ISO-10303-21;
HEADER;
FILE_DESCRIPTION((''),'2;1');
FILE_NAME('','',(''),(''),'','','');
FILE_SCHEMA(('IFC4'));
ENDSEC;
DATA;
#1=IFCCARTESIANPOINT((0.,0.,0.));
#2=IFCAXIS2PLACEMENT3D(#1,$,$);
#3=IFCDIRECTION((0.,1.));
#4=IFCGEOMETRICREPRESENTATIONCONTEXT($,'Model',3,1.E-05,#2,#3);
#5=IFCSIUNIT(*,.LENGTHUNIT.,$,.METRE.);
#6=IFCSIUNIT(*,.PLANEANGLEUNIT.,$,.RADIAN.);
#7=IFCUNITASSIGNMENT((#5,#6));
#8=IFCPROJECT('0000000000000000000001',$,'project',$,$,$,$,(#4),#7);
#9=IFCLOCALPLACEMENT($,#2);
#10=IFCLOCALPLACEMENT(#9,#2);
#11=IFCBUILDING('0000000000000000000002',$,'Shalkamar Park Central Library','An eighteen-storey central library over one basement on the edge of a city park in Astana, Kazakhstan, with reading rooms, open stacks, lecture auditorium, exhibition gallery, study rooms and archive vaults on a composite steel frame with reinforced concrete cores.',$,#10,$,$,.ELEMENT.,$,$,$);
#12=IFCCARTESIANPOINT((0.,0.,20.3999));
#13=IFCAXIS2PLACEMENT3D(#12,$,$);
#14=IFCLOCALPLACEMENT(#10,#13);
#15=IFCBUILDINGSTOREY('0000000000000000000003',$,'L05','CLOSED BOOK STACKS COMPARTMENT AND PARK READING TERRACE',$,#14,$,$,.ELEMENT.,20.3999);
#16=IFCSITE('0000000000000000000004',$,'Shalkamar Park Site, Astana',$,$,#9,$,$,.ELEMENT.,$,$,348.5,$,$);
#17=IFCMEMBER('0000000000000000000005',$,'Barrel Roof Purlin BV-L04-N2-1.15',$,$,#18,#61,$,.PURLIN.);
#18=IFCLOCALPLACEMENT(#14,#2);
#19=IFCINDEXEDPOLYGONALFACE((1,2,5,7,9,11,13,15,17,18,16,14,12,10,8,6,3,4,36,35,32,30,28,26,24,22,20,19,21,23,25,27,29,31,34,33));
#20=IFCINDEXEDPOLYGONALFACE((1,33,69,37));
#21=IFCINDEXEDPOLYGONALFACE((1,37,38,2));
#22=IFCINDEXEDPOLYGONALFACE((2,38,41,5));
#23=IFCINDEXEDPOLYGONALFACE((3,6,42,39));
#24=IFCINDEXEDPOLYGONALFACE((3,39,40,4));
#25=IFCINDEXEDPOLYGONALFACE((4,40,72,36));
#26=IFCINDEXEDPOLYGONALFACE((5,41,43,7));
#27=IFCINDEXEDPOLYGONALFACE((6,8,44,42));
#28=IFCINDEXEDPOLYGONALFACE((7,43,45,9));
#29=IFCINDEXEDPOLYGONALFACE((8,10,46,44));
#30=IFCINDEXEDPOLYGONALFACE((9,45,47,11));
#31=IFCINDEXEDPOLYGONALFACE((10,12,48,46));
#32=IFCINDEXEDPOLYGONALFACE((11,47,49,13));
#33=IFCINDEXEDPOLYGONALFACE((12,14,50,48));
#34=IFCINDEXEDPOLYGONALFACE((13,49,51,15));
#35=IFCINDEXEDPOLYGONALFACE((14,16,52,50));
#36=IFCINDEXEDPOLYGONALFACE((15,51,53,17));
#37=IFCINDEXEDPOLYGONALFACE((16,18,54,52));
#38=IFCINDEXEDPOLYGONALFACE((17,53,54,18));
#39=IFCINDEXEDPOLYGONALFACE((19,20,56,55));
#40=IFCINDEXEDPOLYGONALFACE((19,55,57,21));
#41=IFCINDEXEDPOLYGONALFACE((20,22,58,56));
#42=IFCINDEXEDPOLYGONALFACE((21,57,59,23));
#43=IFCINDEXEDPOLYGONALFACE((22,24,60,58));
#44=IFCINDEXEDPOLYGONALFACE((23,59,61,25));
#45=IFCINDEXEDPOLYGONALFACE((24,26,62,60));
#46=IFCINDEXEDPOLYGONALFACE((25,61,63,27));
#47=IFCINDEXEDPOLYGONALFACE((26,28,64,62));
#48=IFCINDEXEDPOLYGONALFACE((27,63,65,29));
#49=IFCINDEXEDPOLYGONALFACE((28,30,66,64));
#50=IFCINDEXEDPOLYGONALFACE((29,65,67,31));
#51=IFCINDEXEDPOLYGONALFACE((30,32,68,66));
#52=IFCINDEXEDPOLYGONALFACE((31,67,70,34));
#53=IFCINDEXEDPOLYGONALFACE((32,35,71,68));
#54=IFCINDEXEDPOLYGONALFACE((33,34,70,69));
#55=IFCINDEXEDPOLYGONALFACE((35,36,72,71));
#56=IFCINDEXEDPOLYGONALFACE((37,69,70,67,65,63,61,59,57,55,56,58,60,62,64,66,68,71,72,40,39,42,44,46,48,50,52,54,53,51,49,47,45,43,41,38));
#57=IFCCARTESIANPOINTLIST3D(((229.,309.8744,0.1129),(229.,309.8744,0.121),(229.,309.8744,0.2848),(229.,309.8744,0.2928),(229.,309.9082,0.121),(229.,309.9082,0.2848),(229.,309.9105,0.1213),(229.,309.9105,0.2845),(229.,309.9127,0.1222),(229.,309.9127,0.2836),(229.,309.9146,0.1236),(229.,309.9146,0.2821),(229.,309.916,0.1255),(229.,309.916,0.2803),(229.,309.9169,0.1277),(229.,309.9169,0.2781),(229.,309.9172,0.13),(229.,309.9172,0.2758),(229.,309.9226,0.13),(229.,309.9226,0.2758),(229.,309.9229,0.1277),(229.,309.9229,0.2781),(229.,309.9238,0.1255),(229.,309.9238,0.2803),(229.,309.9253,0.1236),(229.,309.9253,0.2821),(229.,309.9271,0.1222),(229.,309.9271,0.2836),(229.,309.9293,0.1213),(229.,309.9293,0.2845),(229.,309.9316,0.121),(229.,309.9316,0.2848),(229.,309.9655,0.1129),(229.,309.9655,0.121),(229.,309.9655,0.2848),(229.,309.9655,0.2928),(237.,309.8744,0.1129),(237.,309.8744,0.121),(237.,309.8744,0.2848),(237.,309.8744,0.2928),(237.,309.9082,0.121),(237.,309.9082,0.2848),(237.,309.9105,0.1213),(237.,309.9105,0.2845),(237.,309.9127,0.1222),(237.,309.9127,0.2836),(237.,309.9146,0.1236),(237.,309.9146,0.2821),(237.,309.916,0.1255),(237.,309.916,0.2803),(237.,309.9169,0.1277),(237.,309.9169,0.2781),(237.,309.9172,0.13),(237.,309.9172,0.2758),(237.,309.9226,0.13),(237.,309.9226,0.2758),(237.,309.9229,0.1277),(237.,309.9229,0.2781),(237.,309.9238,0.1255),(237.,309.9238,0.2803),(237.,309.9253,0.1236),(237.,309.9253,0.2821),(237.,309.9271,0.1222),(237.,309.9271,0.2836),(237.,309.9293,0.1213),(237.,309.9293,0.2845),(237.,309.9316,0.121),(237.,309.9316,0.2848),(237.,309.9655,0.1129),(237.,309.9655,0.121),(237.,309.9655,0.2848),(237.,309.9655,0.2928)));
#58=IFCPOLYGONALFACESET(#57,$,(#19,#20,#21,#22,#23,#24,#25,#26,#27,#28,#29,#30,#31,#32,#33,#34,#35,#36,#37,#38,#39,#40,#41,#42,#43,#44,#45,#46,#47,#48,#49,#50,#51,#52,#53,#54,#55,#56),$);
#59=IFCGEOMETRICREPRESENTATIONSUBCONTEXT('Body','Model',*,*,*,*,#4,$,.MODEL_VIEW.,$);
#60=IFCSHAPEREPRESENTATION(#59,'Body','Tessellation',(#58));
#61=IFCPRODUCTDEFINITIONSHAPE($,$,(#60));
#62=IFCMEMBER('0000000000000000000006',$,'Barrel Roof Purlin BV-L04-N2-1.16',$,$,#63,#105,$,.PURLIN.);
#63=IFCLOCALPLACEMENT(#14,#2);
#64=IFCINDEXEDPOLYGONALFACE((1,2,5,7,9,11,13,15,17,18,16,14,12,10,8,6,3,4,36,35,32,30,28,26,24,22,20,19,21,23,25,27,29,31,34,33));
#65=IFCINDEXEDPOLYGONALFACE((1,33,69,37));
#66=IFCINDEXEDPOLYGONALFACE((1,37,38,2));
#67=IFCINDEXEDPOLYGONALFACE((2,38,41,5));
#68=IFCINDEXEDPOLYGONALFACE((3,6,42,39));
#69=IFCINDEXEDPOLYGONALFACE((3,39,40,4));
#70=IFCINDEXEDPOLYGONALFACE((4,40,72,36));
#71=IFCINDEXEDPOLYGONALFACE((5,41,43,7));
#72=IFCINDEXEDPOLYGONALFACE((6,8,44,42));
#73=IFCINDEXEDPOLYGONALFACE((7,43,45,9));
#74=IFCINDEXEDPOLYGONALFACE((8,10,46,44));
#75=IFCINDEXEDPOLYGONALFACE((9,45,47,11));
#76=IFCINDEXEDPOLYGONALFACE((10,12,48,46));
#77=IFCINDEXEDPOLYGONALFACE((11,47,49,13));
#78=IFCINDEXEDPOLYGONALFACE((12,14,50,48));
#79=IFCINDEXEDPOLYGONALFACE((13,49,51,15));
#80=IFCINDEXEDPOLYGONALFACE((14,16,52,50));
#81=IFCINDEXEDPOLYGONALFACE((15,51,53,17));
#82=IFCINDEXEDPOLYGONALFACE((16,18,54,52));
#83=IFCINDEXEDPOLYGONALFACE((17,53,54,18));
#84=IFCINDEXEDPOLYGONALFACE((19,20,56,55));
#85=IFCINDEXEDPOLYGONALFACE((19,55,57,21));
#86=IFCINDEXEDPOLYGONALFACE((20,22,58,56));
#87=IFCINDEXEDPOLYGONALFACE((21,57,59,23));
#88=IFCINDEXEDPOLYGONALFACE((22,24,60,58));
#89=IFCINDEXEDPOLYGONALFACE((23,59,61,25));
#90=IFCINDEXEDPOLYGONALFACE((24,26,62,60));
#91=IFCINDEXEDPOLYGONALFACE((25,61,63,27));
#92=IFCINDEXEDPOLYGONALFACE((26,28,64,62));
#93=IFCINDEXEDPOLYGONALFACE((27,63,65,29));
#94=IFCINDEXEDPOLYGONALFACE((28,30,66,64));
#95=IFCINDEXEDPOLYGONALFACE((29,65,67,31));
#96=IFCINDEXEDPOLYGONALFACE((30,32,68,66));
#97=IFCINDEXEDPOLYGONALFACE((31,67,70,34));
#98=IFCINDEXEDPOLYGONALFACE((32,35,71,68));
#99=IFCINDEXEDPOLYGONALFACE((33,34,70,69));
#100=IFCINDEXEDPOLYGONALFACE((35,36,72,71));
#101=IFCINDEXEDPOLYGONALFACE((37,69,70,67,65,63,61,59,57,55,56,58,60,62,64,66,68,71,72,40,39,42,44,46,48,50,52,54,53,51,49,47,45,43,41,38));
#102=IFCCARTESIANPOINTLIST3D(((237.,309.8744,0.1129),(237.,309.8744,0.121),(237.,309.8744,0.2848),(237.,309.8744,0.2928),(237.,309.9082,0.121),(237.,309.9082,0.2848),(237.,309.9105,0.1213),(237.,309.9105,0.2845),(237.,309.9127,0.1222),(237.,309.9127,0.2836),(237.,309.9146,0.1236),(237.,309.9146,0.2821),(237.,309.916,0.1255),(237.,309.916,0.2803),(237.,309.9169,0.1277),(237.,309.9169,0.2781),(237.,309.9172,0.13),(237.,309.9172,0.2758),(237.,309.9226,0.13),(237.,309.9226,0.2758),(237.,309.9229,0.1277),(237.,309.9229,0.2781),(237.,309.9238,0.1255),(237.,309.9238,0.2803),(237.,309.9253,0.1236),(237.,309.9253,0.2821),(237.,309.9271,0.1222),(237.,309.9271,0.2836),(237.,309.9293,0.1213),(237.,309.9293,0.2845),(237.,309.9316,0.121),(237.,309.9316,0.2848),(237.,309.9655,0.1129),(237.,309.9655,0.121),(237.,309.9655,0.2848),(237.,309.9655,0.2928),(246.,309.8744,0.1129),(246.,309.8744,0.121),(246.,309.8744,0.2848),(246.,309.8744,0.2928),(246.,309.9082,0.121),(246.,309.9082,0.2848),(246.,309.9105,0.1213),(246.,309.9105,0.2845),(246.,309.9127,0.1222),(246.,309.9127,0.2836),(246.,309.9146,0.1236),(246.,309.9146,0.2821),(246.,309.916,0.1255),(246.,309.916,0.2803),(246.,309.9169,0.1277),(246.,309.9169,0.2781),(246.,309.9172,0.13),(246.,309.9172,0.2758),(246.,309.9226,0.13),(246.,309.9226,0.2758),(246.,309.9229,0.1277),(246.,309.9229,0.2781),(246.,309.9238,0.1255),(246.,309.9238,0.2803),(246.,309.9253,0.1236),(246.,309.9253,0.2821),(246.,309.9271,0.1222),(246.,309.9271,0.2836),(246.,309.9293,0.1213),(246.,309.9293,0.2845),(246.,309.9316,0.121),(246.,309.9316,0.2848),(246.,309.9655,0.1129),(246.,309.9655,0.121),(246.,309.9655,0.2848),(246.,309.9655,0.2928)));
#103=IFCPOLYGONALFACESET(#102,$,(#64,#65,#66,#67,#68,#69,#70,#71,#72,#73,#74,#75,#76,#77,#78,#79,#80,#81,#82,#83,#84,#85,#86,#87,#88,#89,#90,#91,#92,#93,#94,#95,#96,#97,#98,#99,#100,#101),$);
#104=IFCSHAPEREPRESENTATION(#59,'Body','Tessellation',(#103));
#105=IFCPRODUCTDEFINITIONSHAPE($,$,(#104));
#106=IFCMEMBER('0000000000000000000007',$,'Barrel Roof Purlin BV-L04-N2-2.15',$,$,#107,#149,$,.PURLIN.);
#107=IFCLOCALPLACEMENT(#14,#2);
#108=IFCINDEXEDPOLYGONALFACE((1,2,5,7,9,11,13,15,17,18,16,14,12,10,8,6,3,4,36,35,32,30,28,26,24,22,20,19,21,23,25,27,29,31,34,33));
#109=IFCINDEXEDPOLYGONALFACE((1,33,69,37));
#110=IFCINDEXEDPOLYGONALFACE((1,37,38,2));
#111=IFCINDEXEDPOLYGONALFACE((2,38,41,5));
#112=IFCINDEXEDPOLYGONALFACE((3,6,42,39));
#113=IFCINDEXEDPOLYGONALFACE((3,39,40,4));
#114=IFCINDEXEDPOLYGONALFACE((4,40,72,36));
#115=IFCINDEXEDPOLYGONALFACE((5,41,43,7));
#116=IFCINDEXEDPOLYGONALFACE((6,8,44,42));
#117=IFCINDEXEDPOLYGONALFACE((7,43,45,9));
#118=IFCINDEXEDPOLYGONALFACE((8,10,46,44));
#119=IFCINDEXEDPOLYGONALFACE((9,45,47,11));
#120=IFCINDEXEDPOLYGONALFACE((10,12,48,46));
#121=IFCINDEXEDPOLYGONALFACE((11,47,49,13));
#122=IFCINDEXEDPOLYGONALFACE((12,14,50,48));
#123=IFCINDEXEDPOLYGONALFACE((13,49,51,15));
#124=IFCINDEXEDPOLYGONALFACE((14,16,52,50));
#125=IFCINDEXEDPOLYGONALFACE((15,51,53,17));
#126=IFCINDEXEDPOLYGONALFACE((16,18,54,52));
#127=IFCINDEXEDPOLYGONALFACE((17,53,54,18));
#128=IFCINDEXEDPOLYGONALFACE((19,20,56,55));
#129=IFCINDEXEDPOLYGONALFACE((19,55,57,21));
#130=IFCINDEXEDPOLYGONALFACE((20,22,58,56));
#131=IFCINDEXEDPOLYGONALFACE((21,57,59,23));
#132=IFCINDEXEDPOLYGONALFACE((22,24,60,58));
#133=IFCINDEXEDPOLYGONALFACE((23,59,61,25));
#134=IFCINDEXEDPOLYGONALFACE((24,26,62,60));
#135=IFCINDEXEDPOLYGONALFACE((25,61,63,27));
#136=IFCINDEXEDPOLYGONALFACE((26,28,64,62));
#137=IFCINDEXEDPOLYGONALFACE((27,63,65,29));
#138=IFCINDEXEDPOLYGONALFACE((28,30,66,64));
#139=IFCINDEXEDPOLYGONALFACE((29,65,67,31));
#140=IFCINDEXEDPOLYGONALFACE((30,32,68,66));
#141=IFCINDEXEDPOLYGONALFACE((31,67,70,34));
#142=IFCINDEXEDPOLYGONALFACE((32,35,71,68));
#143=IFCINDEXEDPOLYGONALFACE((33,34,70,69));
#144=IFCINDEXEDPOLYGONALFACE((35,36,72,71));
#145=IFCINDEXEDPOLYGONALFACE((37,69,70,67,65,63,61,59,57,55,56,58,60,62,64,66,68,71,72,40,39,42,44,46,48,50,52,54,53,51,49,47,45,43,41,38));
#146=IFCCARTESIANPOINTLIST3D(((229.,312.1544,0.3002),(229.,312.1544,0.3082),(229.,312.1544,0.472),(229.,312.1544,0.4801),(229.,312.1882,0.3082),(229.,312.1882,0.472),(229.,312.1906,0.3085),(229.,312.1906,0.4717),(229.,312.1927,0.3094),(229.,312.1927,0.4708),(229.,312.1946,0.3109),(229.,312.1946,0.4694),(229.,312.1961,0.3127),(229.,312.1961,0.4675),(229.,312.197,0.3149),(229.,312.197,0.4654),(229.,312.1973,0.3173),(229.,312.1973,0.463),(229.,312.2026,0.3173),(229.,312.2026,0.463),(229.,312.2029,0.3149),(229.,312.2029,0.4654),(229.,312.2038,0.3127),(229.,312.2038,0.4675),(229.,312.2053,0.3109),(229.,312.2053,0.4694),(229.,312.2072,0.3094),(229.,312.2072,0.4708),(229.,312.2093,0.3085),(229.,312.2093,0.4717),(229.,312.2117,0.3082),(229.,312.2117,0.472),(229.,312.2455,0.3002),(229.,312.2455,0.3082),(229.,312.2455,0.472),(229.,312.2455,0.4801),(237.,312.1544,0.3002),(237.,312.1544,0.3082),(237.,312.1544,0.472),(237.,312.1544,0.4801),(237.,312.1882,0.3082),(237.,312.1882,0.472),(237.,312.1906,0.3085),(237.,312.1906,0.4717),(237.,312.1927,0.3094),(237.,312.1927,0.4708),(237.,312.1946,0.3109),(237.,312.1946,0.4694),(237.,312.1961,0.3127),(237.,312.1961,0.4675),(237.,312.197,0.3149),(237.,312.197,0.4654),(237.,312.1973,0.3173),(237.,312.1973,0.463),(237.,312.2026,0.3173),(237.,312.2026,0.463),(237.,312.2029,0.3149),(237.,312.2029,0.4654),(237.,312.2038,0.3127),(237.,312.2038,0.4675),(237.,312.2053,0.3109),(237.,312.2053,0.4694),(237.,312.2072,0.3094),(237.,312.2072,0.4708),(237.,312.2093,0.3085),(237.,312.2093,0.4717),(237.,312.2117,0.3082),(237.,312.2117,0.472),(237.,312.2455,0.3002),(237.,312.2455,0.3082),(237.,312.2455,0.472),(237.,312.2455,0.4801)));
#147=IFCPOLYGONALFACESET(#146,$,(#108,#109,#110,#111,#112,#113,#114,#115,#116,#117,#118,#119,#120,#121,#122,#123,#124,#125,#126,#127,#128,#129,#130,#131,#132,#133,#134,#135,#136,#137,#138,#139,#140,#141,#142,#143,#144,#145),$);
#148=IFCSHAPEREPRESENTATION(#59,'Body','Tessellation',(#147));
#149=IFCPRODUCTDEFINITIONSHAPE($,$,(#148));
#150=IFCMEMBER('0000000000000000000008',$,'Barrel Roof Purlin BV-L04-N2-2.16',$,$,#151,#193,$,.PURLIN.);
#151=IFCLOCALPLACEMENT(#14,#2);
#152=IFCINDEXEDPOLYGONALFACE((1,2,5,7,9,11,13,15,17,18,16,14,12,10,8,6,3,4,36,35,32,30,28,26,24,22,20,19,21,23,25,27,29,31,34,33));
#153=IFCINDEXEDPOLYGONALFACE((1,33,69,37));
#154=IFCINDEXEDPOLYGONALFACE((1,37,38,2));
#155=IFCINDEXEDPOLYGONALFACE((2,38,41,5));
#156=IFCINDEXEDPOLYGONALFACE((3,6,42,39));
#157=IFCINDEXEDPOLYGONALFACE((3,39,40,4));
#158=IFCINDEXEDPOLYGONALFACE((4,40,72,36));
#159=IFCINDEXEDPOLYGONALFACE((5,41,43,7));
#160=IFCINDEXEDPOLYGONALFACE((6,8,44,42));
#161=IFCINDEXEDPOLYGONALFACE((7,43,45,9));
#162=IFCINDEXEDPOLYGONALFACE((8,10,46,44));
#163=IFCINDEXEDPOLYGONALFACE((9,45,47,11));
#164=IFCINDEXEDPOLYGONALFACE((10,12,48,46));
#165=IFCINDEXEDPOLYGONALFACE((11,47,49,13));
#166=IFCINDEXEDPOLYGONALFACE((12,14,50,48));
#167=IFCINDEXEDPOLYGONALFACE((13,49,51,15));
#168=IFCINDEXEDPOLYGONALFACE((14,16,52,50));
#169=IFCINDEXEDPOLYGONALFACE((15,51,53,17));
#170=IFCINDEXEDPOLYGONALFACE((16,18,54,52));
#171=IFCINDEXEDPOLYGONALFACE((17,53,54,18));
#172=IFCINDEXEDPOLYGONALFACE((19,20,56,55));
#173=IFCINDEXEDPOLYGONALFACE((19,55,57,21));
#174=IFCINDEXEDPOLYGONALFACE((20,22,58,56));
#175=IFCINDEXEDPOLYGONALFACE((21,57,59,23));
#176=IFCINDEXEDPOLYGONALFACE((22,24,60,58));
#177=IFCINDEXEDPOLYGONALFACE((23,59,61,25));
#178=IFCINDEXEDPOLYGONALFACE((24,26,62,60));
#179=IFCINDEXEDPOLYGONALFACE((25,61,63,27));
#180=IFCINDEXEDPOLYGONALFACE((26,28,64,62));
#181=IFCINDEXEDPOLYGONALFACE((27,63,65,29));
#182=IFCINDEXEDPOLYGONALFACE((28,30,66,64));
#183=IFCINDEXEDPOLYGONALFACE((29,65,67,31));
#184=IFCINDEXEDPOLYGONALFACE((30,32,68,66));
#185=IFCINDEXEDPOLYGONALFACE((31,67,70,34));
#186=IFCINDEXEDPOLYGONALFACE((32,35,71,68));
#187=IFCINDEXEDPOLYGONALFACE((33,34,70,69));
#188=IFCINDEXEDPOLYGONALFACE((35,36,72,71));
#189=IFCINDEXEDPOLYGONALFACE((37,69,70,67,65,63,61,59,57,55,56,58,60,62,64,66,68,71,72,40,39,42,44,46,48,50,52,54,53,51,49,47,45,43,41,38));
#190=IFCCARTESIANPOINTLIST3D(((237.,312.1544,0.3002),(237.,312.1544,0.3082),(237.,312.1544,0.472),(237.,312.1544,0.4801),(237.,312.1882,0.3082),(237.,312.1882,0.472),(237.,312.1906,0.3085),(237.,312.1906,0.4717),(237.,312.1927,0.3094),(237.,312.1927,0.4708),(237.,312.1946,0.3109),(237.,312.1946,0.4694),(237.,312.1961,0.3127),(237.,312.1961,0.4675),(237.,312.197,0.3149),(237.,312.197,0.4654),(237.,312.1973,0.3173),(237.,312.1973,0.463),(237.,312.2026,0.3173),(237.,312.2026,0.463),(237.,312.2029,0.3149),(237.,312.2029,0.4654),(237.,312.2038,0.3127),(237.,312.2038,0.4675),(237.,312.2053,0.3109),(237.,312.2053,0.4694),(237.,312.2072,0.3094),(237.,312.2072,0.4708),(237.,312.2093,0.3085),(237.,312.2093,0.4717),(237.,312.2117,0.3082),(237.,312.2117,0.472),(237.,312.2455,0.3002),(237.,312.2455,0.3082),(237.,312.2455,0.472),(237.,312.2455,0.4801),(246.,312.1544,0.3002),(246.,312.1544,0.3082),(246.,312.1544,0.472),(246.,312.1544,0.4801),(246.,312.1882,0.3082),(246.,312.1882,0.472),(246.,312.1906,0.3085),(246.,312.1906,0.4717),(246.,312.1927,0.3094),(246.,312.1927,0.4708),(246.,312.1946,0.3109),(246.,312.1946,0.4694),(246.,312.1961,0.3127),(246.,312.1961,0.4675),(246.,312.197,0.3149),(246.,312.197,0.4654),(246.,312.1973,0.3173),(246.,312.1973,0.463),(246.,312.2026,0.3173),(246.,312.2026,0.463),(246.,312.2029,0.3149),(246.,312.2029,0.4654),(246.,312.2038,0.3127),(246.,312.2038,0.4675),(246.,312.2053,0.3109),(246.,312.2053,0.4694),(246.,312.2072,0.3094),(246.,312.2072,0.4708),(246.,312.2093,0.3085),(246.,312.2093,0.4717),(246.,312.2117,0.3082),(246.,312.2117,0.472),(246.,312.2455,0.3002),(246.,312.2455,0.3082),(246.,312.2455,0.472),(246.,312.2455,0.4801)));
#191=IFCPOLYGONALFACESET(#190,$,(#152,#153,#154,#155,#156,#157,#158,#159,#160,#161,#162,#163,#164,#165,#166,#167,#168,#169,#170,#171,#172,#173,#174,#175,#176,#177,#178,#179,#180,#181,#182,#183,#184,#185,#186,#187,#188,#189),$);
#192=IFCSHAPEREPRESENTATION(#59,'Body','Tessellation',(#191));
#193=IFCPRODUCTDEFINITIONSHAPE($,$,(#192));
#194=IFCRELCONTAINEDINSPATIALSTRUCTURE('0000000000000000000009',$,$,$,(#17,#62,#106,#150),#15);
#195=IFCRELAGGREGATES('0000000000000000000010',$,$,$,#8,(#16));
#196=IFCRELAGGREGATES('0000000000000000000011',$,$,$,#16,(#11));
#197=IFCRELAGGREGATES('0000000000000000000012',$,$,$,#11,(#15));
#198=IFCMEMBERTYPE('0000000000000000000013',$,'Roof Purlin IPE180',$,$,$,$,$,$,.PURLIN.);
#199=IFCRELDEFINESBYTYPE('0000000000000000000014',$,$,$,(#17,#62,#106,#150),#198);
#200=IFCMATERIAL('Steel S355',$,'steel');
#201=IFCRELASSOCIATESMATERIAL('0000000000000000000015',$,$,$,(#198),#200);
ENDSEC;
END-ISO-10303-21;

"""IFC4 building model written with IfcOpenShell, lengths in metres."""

from ifc_helpers import new_model, si_unit, direction, frame, origin, origin_2d, place, context, subcontext, project, spatial, i_section, extrude, material, material_profile, profile_set, type_object, element, save


model = new_model("IFC4")

# Units and contexts
model_context = context("Model", 3, precision=1e-05, world=origin(), true_north=direction((0.0, 1.0)))
body_context = subcontext(model_context, "Body", "Model", "MODEL_VIEW")
ifc_project = project(units=[si_unit("LENGTHUNIT", "METRE"), si_unit("PLANEANGLEUNIT", "RADIAN")], contexts=[model_context])

# Site, building, storey
site_placement = place(None, origin())
site = spatial("IfcSite", under=ifc_project, at=site_placement, Name="Shalkamar Park Site, Astana", CompositionType="ELEMENT", RefElevation=348.5)
building_placement = place(site_placement, origin())
building = spatial("IfcBuilding", under=site, at=building_placement, Name="Shalkamar Park Central Library", Description="An eighteen-storey central library over one basement on the edge of a city park in Astana, Kazakhstan, with reading rooms, open stacks, lecture auditorium, exhibition gallery, study rooms and archive vaults on a composite steel frame with reinforced concrete cores.", CompositionType="ELEMENT")
storey_placement = place(building_placement, frame((0.0, 0.0, 20.3999)))
storey = spatial("IfcBuildingStorey", under=building, at=storey_placement, Name="L05", Description="CLOSED BOOK STACKS COMPARTMENT AND PARK READING TERRACE", CompositionType="ELEMENT", Elevation=20.3999)

# Members
ifc_material = material(Name="Steel S355", Category="steel")
ifc_material_profile_1 = material_profile(ifc_material, i_section(OverallWidth=0.0911, OverallDepth=0.1799, WebThickness=0.0054, FlangeThickness=0.0081, FilletRadius=0.009, at=origin_2d()), Name="IPE 180")
ifc_profile_set_1 = profile_set([ifc_material_profile_1], Name="Steel S355")
member_type_1 = type_object("IfcMemberType", Name="Roof Purlin IPE180", PredefinedType="PURLIN", material=ifc_profile_set_1)
member_1_placement = place(storey_placement, frame((229.0, 309.9199, 0.2029), z_axis=(1.0, 0.0, 0.0), x_axis=(0.0, 1.0, 0.0)))
element("IfcMember", 1, at=member_1_placement, inside=storey, type_object=member_type_1, Name="Barrel Roof Purlin BV-L04-N2-1.15", PredefinedType="PURLIN", context=body_context, shape_type="SweptSolid", body=[
    extrude(i_section(OverallWidth=0.0911, OverallDepth=0.1799, WebThickness=0.0054, FlangeThickness=0.0081, FilletRadius=0.009, at=origin_2d()), origin(), (0.0, 0.0, 1.0), 8.0),
])
member_2_placement = place(storey_placement, frame((237.0, 309.9199, 0.2029), z_axis=(1.0, 0.0, 0.0), x_axis=(0.0, 1.0, 0.0)))
element("IfcMember", 2, at=member_2_placement, inside=storey, type_object=member_type_1, Name="Barrel Roof Purlin BV-L04-N2-1.16", PredefinedType="PURLIN", context=body_context, shape_type="SweptSolid", body=[
    extrude(i_section(OverallWidth=0.0911, OverallDepth=0.1799, WebThickness=0.0054, FlangeThickness=0.0081, FilletRadius=0.009, at=origin_2d()), origin(), (0.0, 0.0, 1.0), 9.0),
])
member_3_placement = place(storey_placement, frame((229.0, 312.2, 0.3901), z_axis=(1.0, 0.0, 0.0), x_axis=(0.0, 1.0, 0.0)))
element("IfcMember", 3, at=member_3_placement, inside=storey, type_object=member_type_1, Name="Barrel Roof Purlin BV-L04-N2-2.15", PredefinedType="PURLIN", context=body_context, shape_type="SweptSolid", body=[
    extrude(i_section(OverallWidth=0.0911, OverallDepth=0.1799, WebThickness=0.0054, FlangeThickness=0.0081, FilletRadius=0.009, at=origin_2d()), origin(), (0.0, 0.0, 1.0), 8.0),
])
member_4_placement = place(storey_placement, frame((237.0, 312.2, 0.3901), z_axis=(1.0, 0.0, 0.0), x_axis=(0.0, 1.0, 0.0)))
element("IfcMember", 4, at=member_4_placement, inside=storey, type_object=member_type_1, Name="Barrel Roof Purlin BV-L04-N2-2.16", PredefinedType="PURLIN", context=body_context, shape_type="SweptSolid", body=[
    extrude(i_section(OverallWidth=0.0911, OverallDepth=0.1799, WebThickness=0.0054, FlangeThickness=0.0081, FilletRadius=0.009, at=origin_2d()), origin(), (0.0, 0.0, 1.0), 9.0),
])

save(model, "model.ifc")
